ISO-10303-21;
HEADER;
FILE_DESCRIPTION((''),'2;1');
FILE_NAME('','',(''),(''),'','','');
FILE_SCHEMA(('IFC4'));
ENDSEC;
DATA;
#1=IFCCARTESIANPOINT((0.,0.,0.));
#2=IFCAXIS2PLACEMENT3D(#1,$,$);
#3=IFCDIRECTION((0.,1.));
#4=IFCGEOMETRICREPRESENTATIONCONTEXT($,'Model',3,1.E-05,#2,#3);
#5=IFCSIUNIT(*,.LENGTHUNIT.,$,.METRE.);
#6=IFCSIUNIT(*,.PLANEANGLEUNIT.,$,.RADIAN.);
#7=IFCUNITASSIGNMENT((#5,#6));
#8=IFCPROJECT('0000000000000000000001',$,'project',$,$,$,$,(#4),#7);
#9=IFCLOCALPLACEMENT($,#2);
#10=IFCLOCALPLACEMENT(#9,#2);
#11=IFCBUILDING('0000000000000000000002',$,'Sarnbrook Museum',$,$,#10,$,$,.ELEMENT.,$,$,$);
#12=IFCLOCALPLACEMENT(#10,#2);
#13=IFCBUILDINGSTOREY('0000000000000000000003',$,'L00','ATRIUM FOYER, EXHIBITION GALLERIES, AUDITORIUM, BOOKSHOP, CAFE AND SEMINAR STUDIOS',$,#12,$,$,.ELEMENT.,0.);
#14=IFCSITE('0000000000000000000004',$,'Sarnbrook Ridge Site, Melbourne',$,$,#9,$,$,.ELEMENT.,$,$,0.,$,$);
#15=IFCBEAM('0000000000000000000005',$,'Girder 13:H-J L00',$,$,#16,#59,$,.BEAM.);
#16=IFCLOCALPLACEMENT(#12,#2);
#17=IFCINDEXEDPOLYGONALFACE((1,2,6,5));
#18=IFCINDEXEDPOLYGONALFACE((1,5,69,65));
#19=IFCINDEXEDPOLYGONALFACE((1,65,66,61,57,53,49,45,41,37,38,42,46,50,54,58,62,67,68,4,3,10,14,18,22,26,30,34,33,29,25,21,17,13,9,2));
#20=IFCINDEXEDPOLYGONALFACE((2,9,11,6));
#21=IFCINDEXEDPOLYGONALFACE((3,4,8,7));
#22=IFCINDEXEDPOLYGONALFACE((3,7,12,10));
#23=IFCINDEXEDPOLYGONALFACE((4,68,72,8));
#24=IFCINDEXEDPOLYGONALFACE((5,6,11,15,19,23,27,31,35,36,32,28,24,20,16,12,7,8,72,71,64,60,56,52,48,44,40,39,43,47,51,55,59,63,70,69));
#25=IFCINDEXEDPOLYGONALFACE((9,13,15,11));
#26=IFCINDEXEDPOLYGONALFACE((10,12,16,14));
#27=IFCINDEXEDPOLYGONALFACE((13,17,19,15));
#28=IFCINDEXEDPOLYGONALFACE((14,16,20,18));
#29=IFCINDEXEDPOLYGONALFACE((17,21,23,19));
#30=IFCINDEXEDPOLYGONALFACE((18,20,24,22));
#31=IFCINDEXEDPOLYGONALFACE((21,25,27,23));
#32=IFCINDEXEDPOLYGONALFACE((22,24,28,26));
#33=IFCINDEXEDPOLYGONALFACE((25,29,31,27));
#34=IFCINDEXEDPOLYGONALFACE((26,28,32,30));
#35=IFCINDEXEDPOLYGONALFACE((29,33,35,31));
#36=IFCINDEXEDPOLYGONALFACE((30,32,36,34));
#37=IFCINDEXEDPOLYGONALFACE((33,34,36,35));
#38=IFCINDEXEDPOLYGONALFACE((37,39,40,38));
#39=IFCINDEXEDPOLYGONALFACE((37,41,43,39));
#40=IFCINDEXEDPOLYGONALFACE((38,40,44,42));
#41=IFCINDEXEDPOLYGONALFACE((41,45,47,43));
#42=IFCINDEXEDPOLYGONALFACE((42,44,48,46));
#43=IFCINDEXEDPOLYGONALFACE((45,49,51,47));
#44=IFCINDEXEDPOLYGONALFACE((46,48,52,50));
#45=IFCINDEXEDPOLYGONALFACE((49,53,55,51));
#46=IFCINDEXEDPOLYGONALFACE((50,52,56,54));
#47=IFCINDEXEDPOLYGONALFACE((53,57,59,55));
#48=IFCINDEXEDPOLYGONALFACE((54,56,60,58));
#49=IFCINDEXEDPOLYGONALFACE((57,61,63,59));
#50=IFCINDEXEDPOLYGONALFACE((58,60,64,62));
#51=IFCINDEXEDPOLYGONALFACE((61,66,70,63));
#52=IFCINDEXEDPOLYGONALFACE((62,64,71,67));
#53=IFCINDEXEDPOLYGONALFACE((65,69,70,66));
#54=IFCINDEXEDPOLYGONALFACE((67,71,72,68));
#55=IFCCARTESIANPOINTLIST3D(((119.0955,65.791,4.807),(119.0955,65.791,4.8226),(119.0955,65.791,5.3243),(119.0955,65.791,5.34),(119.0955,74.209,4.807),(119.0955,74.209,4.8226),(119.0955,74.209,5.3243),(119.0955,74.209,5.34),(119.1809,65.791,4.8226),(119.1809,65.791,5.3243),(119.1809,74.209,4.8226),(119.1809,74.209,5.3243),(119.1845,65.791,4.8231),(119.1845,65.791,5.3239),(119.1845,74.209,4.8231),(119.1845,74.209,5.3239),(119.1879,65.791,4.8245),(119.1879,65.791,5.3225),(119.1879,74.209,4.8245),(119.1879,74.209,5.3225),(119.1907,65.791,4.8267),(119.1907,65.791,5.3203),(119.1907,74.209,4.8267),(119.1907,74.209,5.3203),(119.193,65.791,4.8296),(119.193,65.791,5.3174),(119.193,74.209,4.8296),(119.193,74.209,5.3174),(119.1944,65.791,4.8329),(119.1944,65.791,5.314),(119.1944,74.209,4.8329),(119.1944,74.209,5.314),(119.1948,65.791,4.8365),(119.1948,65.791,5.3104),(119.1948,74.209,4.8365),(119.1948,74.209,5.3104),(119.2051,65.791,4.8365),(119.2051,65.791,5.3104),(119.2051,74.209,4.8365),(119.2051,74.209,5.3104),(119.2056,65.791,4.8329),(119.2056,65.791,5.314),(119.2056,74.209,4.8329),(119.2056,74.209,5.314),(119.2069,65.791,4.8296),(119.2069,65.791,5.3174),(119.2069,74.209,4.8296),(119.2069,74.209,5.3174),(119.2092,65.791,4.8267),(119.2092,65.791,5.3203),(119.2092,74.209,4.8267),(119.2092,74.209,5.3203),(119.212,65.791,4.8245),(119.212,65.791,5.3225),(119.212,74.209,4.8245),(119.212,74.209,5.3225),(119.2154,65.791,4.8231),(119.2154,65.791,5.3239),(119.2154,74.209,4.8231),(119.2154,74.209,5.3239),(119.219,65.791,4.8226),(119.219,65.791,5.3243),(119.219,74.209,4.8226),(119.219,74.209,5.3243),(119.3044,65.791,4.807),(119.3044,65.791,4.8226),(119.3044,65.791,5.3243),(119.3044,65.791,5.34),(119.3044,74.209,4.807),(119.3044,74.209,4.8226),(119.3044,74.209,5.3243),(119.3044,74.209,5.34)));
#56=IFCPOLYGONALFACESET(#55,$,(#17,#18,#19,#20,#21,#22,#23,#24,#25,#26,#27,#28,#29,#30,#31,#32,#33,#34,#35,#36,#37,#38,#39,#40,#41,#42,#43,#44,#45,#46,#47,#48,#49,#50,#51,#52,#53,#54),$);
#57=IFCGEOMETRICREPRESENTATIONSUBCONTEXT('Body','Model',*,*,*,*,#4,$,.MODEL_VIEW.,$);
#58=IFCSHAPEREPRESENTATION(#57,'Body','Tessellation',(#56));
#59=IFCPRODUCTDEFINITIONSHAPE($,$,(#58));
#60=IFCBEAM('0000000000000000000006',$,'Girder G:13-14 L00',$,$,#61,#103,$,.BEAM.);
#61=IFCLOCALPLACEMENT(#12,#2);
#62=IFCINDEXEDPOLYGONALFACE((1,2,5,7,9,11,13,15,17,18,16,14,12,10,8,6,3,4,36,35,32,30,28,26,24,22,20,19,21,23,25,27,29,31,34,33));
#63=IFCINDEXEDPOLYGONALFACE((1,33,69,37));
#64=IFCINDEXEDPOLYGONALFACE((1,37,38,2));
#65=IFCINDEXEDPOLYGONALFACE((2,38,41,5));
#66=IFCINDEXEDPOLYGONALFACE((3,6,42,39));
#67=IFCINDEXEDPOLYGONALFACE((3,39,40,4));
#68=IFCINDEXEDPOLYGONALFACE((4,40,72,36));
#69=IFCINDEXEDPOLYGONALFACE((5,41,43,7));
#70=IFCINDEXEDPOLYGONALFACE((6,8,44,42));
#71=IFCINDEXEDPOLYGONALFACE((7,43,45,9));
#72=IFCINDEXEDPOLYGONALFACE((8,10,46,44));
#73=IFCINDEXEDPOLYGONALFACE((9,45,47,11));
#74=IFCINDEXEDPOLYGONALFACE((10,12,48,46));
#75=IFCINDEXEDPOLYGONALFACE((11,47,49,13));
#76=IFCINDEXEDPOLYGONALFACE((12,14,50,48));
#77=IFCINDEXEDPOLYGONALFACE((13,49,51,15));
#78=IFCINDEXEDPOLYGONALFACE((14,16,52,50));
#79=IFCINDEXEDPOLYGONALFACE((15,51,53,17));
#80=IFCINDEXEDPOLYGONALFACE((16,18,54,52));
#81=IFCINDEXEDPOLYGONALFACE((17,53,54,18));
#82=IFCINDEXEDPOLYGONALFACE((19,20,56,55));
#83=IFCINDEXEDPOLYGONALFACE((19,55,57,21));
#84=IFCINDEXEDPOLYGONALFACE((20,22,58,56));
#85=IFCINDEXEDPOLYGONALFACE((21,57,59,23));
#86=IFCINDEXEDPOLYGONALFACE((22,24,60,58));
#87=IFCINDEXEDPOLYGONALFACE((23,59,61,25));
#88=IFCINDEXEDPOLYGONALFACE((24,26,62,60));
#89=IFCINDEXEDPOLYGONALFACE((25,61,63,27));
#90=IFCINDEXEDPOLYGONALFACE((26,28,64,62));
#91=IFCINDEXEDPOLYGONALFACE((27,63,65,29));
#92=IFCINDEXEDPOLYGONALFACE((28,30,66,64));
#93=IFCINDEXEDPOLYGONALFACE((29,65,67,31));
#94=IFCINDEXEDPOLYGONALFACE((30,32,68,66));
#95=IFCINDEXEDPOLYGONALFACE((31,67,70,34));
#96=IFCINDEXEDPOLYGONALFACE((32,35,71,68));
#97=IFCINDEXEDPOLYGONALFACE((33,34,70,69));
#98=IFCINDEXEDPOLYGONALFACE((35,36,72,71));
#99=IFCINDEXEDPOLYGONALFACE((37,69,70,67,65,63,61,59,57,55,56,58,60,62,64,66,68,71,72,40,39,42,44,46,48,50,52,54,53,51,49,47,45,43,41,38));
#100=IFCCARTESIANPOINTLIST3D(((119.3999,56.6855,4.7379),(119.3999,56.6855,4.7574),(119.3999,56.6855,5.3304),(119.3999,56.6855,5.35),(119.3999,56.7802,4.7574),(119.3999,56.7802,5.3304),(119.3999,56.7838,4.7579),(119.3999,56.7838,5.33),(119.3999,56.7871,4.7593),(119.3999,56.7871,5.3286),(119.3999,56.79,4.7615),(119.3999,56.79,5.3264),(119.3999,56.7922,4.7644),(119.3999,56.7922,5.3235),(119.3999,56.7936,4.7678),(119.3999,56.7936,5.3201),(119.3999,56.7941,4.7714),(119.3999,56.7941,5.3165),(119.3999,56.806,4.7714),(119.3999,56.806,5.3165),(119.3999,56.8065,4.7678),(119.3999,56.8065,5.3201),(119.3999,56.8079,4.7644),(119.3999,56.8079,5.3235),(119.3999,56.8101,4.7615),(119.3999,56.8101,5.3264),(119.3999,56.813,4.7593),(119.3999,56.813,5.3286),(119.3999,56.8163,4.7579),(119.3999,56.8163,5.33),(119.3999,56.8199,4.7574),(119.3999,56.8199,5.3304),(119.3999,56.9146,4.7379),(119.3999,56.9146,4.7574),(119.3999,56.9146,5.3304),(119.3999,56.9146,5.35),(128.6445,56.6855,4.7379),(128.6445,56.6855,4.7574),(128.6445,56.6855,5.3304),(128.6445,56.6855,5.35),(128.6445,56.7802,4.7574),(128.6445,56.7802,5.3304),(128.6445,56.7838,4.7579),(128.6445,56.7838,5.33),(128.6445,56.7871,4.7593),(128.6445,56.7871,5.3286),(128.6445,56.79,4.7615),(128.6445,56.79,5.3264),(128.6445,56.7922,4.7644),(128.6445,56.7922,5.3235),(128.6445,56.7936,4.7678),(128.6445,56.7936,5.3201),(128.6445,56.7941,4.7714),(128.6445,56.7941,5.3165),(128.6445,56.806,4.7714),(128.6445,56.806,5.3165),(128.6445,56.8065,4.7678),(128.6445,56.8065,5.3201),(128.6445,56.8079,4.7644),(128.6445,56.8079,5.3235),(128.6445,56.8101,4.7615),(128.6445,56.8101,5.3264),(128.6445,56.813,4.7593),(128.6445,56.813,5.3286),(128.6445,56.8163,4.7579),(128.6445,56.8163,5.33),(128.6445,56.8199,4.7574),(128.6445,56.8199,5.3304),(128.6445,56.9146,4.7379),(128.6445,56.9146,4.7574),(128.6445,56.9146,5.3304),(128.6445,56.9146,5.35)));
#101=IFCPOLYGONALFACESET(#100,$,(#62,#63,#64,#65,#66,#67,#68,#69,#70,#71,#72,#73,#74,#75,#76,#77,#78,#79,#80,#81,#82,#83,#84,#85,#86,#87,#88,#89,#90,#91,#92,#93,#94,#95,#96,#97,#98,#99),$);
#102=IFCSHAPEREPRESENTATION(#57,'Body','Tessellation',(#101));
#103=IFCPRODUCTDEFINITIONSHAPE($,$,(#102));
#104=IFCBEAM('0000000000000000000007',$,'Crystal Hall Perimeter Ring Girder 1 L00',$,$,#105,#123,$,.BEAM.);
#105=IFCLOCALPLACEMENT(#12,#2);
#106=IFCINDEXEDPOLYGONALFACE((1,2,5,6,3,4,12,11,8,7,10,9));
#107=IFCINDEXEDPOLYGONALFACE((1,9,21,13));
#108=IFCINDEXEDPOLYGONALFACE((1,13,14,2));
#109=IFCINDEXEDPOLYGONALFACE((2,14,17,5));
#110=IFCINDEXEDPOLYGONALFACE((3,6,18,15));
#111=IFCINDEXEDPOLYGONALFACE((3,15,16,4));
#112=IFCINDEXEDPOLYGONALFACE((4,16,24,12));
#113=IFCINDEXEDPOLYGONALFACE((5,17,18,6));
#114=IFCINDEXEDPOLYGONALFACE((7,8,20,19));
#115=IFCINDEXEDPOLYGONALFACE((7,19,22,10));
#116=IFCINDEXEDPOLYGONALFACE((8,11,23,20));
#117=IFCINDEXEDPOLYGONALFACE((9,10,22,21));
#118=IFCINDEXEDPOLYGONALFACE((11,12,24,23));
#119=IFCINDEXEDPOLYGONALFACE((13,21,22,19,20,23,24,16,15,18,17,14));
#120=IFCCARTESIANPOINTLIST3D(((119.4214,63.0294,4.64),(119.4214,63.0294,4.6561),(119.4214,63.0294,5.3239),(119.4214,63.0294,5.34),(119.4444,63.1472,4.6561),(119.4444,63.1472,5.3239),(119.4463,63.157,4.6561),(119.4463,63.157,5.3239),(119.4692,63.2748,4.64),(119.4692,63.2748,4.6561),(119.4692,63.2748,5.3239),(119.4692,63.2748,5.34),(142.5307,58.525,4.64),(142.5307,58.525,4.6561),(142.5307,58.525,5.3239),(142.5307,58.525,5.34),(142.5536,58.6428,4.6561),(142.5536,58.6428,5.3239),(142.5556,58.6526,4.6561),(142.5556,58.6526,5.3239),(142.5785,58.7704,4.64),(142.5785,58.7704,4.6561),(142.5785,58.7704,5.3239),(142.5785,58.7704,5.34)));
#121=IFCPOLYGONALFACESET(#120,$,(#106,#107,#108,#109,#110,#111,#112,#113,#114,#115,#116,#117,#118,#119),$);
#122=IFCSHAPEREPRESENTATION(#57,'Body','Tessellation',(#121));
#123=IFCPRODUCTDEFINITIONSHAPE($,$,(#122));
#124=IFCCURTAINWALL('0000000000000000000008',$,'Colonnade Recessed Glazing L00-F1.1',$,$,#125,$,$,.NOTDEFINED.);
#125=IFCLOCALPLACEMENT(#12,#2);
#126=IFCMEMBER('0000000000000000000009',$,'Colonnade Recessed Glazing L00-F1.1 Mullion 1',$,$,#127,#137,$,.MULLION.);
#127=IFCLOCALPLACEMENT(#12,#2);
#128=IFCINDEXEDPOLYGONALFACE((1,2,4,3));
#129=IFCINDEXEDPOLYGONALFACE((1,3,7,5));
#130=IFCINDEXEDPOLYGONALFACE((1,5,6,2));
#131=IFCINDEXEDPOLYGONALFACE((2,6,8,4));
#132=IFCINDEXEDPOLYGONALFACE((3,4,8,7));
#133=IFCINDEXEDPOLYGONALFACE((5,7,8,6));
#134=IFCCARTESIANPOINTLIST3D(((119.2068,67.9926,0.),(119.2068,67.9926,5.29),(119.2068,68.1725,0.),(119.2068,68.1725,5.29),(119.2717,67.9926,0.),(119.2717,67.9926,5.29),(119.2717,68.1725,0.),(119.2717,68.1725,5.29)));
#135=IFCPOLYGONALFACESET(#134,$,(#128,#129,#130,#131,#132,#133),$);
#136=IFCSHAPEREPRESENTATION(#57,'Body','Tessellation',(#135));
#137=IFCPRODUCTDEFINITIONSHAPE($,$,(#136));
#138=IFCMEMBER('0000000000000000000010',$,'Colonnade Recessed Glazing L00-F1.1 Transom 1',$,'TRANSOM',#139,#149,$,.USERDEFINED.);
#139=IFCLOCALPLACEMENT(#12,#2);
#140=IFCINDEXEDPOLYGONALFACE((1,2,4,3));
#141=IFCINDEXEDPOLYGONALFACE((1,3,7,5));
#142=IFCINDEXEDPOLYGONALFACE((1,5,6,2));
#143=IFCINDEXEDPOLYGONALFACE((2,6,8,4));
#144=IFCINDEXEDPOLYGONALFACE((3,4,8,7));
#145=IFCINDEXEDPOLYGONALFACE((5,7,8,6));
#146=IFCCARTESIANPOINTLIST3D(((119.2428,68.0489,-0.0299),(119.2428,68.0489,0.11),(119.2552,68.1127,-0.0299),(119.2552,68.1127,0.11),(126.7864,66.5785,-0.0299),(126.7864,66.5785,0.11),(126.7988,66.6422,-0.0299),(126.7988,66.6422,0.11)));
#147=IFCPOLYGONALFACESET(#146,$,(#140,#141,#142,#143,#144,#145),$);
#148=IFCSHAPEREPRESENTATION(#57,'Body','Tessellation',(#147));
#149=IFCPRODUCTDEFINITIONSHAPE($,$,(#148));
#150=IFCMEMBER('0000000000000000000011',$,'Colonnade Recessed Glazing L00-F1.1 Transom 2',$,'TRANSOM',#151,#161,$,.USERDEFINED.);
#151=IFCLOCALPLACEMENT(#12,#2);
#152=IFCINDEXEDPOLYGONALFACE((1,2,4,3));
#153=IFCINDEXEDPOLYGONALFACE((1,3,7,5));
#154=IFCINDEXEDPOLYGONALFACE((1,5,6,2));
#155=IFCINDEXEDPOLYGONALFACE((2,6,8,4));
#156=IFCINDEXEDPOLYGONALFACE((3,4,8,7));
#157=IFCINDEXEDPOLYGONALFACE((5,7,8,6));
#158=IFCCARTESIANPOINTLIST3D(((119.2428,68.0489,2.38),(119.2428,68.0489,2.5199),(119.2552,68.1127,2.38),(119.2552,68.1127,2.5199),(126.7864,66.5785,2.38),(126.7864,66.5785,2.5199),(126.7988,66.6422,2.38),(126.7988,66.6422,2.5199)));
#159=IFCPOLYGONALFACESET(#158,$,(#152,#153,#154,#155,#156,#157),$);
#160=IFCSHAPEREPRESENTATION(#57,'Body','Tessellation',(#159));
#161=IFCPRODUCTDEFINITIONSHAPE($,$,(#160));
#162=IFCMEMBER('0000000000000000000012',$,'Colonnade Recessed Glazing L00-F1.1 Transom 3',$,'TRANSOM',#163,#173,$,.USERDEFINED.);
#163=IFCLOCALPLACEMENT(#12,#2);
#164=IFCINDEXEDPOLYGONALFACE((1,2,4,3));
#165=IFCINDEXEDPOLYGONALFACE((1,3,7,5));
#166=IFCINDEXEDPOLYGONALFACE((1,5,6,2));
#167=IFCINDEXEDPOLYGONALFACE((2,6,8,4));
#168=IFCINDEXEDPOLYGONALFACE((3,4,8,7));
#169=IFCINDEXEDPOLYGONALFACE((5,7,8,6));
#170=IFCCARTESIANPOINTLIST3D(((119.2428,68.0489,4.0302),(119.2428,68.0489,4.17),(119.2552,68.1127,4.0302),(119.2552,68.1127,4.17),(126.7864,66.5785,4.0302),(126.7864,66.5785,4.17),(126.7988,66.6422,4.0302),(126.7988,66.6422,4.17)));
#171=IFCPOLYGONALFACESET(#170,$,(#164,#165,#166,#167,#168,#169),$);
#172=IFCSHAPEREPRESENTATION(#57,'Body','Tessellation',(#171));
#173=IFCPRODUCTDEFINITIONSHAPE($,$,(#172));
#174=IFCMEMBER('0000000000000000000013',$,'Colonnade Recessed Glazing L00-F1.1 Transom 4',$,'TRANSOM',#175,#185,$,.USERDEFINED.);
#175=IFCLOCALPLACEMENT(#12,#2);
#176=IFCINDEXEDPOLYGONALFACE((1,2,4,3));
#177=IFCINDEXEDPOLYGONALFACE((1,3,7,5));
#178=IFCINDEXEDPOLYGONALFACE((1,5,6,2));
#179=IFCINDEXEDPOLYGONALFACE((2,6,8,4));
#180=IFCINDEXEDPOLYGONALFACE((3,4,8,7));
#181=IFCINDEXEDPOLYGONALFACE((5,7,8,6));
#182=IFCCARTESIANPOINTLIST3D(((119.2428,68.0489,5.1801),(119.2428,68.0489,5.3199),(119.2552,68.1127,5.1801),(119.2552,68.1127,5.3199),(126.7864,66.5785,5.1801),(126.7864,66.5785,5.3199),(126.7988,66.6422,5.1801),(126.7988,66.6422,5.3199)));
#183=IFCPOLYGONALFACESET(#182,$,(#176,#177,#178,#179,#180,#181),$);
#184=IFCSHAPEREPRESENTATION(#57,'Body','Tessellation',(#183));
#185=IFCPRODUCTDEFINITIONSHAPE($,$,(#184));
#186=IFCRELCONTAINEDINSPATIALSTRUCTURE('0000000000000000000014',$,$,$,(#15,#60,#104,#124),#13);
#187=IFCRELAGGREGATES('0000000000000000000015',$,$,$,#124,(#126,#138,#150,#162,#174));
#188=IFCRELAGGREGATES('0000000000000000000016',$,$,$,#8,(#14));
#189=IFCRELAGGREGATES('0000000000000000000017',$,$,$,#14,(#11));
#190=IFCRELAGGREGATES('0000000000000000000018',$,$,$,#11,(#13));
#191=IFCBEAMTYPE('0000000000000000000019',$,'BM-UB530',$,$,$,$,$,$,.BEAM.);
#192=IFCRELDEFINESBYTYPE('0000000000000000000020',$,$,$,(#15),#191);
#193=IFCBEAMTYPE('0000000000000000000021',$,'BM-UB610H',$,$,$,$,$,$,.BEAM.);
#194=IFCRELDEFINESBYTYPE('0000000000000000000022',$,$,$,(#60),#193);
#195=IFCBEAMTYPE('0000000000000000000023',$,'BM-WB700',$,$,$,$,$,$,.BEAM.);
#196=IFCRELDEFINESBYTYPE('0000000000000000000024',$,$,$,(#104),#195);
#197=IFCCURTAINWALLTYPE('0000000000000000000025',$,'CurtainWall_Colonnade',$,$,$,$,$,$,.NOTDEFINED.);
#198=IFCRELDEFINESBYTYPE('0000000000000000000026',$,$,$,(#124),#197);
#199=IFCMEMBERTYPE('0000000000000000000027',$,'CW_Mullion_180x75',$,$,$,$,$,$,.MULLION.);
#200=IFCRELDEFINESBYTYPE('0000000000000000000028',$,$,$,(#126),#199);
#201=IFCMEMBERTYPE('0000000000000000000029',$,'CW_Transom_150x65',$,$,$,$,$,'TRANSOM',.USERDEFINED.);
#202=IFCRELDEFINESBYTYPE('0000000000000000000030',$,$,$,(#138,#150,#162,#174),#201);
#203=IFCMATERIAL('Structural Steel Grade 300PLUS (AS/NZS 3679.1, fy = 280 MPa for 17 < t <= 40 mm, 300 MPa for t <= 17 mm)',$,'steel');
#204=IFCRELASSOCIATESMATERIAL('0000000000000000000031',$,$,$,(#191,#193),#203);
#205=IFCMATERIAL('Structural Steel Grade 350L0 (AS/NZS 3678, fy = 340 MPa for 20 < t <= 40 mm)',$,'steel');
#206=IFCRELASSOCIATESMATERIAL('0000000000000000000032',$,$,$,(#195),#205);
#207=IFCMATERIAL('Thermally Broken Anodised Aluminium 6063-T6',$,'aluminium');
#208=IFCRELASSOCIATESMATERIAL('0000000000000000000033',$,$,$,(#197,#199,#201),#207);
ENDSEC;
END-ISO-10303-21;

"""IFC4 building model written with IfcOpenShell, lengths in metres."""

from ifc_helpers import new_model, si_unit, direction, frame, origin, origin_2d, place, context, subcontext, project, spatial, rectangle, i_section, extrude, material, material_profile, profile_set, type_object, element, aggregate, save


model = new_model("IFC4")

# Units and contexts
model_context = context("Model", 3, precision=1e-05, world=origin(), true_north=direction((0.0, 1.0)))
body_context = subcontext(model_context, "Body", "Model", "MODEL_VIEW")
ifc_project = project(units=[si_unit("LENGTHUNIT", "METRE"), si_unit("PLANEANGLEUNIT", "RADIAN")], contexts=[model_context])

# Site, building, storey
site_placement = place(None, origin())
site = spatial("IfcSite", under=ifc_project, at=site_placement, Name="Sarnbrook Ridge Site, Melbourne", CompositionType="ELEMENT", RefElevation=0.0)
building_placement = place(site_placement, origin())
building = spatial("IfcBuilding", under=site, at=building_placement, Name="Sarnbrook Museum", CompositionType="ELEMENT")
storey_placement = place(building_placement, origin())
storey = spatial("IfcBuildingStorey", under=building, at=storey_placement, Name="L00", Description="ATRIUM FOYER, EXHIBITION GALLERIES, AUDITORIUM, BOOKSHOP, CAFE AND SEMINAR STUDIOS", CompositionType="ELEMENT", Elevation=0.0)

# Shared definitions
ifc_material_1 = material(Name="Structural Steel Grade 350L0 (AS/NZS 3678, fy = 340 MPa for 20 < t <= 40 mm)", Category="steel")

# Beams
ifc_material_2 = material(Name="Structural Steel Grade 300PLUS (AS/NZS 3679.1, fy = 280 MPa for 17 < t <= 40 mm, 300 MPa for t <= 17 mm)", Category="steel")
ifc_material_profile_1 = material_profile(ifc_material_2, i_section(OverallWidth=0.209, OverallDepth=0.533, WebThickness=0.0103, FlangeThickness=0.0156, FilletRadius=0.0139, at=origin_2d()), Name="530UB92.4")
ifc_profile_set_1 = profile_set([ifc_material_profile_1], Name="Structural Steel Grade 300PLUS (AS/NZS 3679.1, fy = 280 MPa for 17 < t <= 40 mm, 300 MPa for t <= 17 mm)")
beam_type_1 = type_object("IfcBeamType", Name="BM-UB530", PredefinedType="BEAM", material=ifc_profile_set_1)
for number, where, z_axis, x_axis, name in (
    (1, (119.2, 65.791, 5.0735), (0.0, 1.0, 0.0), (-1.0, 0.0, 0.0), "Girder 13:H-J L00"),
):
    element("IfcBeam", number, at=place(storey_placement, frame(where, z_axis=z_axis, x_axis=x_axis)), inside=storey, type_object=beam_type_1, Name=name, PredefinedType="BEAM", context=body_context, shape_type="SweptSolid", body=[
        extrude(i_section(OverallWidth=0.209, OverallDepth=0.533, WebThickness=0.0103, FlangeThickness=0.0156, FilletRadius=0.0139, at=origin_2d()), origin(), (0.0, 0.0, 1.0), 8.418),
    ])
ifc_material_profile_2 = material_profile(ifc_material_2, i_section(OverallWidth=0.229, OverallDepth=0.6121, WebThickness=0.012, FlangeThickness=0.0195, FilletRadius=0.0139, at=origin_2d()), Name="610UB125")
ifc_profile_set_2 = profile_set([ifc_material_profile_2], Name="Structural Steel Grade 300PLUS (AS/NZS 3679.1, fy = 280 MPa for 17 < t <= 40 mm, 300 MPa for t <= 17 mm)")
beam_type_2 = type_object("IfcBeamType", Name="BM-UB610H", PredefinedType="BEAM", material=ifc_profile_set_2)
beam_1_placement = place(storey_placement, frame((119.3999, 56.8, 5.0439), z_axis=(1.0, 0.0, 0.0), x_axis=(0.0, 1.0, 0.0)))
element("IfcBeam", 2, at=beam_1_placement, inside=storey, type_object=beam_type_2, Name="Girder G:13-14 L00", PredefinedType="BEAM", context=body_context, shape_type="SweptSolid", body=[
    extrude(i_section(OverallWidth=0.229, OverallDepth=0.6121, WebThickness=0.012, FlangeThickness=0.0195, FilletRadius=0.0139, at=origin_2d()), origin(), (0.0, 0.0, 1.0), 9.2446),
])
ifc_material_profile_3 = material_profile(ifc_material_1, i_section(OverallWidth=0.25, OverallDepth=0.7, WebThickness=0.01, FlangeThickness=0.0161, at=origin_2d()), Name="700WB130")
ifc_profile_set_3 = profile_set([ifc_material_profile_3], Name="Structural Steel Grade 350L0 (AS/NZS 3678, fy = 340 MPa for 20 < t <= 40 mm)")
beam_type_3 = type_object("IfcBeamType", Name="BM-WB700", PredefinedType="BEAM", material=ifc_profile_set_3)
beam_2_placement = place(storey_placement, frame((119.4453, 63.1521, 4.99), z_axis=(0.981529, -0.191316, 0.0), x_axis=(0.191316, 0.981529, 0.0)))
element("IfcBeam", 3, at=beam_2_placement, inside=storey, type_object=beam_type_3, Name="Crystal Hall Perimeter Ring Girder 1 L00", PredefinedType="BEAM", context=body_context, shape_type="SweptSolid", body=[
    extrude(i_section(OverallWidth=0.25, OverallDepth=0.7, WebThickness=0.01, FlangeThickness=0.0161, at=origin_2d()), origin(), (0.0, 0.0, 1.0), 23.5442),
])

# Curtain wall, members
ifc_material_3 = material(Name="Thermally Broken Anodised Aluminium 6063-T6", Category="aluminium")
curtain_wall_type = type_object("IfcCurtainWallType", Name="CurtainWall_Colonnade", PredefinedType="NOTDEFINED", material=ifc_material_3)
curtain_wall_placement = place(storey_placement, origin())
curtain_wall = element("IfcCurtainWall", 4, at=curtain_wall_placement, inside=storey, type_object=curtain_wall_type, Name="Colonnade Recessed Glazing L00-F1.1", PredefinedType="NOTDEFINED")
ifc_material_profile_4 = material_profile(ifc_material_3, rectangle(XDim=0.0649, YDim=0.1799, at=origin_2d()), Name="ALU MULLION 65x180")
ifc_profile_set_4 = profile_set([ifc_material_profile_4], Name="Thermally Broken Anodised Aluminium 6063-T6")
member_type_1 = type_object("IfcMemberType", Name="CW_Mullion_180x75", PredefinedType="MULLION", material=ifc_profile_set_4)
member_1_placement = place(storey_placement, frame((119.2393, 68.0825, 0.0), z_axis=(0.0, 0.0, 1.0), x_axis=(1.0, 0.0, 0.0)))
member_1 = element("IfcMember", 5, at=member_1_placement, type_object=member_type_1, Name="Colonnade Recessed Glazing L00-F1.1 Mullion 1", PredefinedType="MULLION", context=body_context, shape_type="SweptSolid", body=[
    extrude(rectangle(XDim=0.0649, YDim=0.1799, at=origin_2d()), origin(), (0.0, 0.0, 1.0), 5.29),
])
ifc_material_profile_5 = material_profile(ifc_material_3, rectangle(XDim=0.0649, YDim=0.1399, at=origin_2d()), Name="ALU TRANSOM 65x140")
ifc_profile_set_5 = profile_set([ifc_material_profile_5], Name="Thermally Broken Anodised Aluminium 6063-T6")
member_type_2 = type_object("IfcMemberType", Name="CW_Transom_150x65", ElementType="TRANSOM", PredefinedType="USERDEFINED", material=ifc_profile_set_5)
member_2_placement = place(storey_placement, frame((119.249, 68.0808, 0.04), z_axis=(0.981526, -0.19133, 0.0), x_axis=(0.19133, 0.981526, 0.0)))
member_2 = element("IfcMember", 6, at=member_2_placement, type_object=member_type_2, Name="Colonnade Recessed Glazing L00-F1.1 Transom 1", ObjectType="TRANSOM", PredefinedType="USERDEFINED", context=body_context, shape_type="SweptSolid", body=[
    extrude(rectangle(XDim=0.0649, YDim=0.1399, at=origin_2d()), origin(), (0.0, 0.0, 1.0), 7.6855),
])
member_3_placement = place(storey_placement, frame((119.249, 68.0808, 2.45), z_axis=(0.981526, -0.19133, 0.0), x_axis=(0.19133, 0.981526, 0.0)))
member_3 = element("IfcMember", 7, at=member_3_placement, type_object=member_type_2, Name="Colonnade Recessed Glazing L00-F1.1 Transom 2", ObjectType="TRANSOM", PredefinedType="USERDEFINED", context=body_context, shape_type="SweptSolid", body=[
    extrude(rectangle(XDim=0.0649, YDim=0.1399, at=origin_2d()), origin(), (0.0, 0.0, 1.0), 7.6855),
])
member_4_placement = place(storey_placement, frame((119.249, 68.0808, 4.1001), z_axis=(0.981526, -0.19133, 0.0), x_axis=(0.19133, 0.981526, 0.0)))
member_4 = element("IfcMember", 8, at=member_4_placement, type_object=member_type_2, Name="Colonnade Recessed Glazing L00-F1.1 Transom 3", ObjectType="TRANSOM", PredefinedType="USERDEFINED", context=body_context, shape_type="SweptSolid", body=[
    extrude(rectangle(XDim=0.0649, YDim=0.1399, at=origin_2d()), origin(), (0.0, 0.0, 1.0), 7.6855),
])
member_5_placement = place(storey_placement, frame((119.249, 68.0808, 5.25), z_axis=(0.981526, -0.19133, 0.0), x_axis=(0.19133, 0.981526, 0.0)))
member_5 = element("IfcMember", 9, at=member_5_placement, type_object=member_type_2, Name="Colonnade Recessed Glazing L00-F1.1 Transom 4", ObjectType="TRANSOM", PredefinedType="USERDEFINED", context=body_context, shape_type="SweptSolid", body=[
    extrude(rectangle(XDim=0.0649, YDim=0.1399, at=origin_2d()), origin(), (0.0, 0.0, 1.0), 7.6855),
])
aggregate(curtain_wall, [member_1, member_2, member_3, member_4, member_5])

save(model, "model.ifc")
